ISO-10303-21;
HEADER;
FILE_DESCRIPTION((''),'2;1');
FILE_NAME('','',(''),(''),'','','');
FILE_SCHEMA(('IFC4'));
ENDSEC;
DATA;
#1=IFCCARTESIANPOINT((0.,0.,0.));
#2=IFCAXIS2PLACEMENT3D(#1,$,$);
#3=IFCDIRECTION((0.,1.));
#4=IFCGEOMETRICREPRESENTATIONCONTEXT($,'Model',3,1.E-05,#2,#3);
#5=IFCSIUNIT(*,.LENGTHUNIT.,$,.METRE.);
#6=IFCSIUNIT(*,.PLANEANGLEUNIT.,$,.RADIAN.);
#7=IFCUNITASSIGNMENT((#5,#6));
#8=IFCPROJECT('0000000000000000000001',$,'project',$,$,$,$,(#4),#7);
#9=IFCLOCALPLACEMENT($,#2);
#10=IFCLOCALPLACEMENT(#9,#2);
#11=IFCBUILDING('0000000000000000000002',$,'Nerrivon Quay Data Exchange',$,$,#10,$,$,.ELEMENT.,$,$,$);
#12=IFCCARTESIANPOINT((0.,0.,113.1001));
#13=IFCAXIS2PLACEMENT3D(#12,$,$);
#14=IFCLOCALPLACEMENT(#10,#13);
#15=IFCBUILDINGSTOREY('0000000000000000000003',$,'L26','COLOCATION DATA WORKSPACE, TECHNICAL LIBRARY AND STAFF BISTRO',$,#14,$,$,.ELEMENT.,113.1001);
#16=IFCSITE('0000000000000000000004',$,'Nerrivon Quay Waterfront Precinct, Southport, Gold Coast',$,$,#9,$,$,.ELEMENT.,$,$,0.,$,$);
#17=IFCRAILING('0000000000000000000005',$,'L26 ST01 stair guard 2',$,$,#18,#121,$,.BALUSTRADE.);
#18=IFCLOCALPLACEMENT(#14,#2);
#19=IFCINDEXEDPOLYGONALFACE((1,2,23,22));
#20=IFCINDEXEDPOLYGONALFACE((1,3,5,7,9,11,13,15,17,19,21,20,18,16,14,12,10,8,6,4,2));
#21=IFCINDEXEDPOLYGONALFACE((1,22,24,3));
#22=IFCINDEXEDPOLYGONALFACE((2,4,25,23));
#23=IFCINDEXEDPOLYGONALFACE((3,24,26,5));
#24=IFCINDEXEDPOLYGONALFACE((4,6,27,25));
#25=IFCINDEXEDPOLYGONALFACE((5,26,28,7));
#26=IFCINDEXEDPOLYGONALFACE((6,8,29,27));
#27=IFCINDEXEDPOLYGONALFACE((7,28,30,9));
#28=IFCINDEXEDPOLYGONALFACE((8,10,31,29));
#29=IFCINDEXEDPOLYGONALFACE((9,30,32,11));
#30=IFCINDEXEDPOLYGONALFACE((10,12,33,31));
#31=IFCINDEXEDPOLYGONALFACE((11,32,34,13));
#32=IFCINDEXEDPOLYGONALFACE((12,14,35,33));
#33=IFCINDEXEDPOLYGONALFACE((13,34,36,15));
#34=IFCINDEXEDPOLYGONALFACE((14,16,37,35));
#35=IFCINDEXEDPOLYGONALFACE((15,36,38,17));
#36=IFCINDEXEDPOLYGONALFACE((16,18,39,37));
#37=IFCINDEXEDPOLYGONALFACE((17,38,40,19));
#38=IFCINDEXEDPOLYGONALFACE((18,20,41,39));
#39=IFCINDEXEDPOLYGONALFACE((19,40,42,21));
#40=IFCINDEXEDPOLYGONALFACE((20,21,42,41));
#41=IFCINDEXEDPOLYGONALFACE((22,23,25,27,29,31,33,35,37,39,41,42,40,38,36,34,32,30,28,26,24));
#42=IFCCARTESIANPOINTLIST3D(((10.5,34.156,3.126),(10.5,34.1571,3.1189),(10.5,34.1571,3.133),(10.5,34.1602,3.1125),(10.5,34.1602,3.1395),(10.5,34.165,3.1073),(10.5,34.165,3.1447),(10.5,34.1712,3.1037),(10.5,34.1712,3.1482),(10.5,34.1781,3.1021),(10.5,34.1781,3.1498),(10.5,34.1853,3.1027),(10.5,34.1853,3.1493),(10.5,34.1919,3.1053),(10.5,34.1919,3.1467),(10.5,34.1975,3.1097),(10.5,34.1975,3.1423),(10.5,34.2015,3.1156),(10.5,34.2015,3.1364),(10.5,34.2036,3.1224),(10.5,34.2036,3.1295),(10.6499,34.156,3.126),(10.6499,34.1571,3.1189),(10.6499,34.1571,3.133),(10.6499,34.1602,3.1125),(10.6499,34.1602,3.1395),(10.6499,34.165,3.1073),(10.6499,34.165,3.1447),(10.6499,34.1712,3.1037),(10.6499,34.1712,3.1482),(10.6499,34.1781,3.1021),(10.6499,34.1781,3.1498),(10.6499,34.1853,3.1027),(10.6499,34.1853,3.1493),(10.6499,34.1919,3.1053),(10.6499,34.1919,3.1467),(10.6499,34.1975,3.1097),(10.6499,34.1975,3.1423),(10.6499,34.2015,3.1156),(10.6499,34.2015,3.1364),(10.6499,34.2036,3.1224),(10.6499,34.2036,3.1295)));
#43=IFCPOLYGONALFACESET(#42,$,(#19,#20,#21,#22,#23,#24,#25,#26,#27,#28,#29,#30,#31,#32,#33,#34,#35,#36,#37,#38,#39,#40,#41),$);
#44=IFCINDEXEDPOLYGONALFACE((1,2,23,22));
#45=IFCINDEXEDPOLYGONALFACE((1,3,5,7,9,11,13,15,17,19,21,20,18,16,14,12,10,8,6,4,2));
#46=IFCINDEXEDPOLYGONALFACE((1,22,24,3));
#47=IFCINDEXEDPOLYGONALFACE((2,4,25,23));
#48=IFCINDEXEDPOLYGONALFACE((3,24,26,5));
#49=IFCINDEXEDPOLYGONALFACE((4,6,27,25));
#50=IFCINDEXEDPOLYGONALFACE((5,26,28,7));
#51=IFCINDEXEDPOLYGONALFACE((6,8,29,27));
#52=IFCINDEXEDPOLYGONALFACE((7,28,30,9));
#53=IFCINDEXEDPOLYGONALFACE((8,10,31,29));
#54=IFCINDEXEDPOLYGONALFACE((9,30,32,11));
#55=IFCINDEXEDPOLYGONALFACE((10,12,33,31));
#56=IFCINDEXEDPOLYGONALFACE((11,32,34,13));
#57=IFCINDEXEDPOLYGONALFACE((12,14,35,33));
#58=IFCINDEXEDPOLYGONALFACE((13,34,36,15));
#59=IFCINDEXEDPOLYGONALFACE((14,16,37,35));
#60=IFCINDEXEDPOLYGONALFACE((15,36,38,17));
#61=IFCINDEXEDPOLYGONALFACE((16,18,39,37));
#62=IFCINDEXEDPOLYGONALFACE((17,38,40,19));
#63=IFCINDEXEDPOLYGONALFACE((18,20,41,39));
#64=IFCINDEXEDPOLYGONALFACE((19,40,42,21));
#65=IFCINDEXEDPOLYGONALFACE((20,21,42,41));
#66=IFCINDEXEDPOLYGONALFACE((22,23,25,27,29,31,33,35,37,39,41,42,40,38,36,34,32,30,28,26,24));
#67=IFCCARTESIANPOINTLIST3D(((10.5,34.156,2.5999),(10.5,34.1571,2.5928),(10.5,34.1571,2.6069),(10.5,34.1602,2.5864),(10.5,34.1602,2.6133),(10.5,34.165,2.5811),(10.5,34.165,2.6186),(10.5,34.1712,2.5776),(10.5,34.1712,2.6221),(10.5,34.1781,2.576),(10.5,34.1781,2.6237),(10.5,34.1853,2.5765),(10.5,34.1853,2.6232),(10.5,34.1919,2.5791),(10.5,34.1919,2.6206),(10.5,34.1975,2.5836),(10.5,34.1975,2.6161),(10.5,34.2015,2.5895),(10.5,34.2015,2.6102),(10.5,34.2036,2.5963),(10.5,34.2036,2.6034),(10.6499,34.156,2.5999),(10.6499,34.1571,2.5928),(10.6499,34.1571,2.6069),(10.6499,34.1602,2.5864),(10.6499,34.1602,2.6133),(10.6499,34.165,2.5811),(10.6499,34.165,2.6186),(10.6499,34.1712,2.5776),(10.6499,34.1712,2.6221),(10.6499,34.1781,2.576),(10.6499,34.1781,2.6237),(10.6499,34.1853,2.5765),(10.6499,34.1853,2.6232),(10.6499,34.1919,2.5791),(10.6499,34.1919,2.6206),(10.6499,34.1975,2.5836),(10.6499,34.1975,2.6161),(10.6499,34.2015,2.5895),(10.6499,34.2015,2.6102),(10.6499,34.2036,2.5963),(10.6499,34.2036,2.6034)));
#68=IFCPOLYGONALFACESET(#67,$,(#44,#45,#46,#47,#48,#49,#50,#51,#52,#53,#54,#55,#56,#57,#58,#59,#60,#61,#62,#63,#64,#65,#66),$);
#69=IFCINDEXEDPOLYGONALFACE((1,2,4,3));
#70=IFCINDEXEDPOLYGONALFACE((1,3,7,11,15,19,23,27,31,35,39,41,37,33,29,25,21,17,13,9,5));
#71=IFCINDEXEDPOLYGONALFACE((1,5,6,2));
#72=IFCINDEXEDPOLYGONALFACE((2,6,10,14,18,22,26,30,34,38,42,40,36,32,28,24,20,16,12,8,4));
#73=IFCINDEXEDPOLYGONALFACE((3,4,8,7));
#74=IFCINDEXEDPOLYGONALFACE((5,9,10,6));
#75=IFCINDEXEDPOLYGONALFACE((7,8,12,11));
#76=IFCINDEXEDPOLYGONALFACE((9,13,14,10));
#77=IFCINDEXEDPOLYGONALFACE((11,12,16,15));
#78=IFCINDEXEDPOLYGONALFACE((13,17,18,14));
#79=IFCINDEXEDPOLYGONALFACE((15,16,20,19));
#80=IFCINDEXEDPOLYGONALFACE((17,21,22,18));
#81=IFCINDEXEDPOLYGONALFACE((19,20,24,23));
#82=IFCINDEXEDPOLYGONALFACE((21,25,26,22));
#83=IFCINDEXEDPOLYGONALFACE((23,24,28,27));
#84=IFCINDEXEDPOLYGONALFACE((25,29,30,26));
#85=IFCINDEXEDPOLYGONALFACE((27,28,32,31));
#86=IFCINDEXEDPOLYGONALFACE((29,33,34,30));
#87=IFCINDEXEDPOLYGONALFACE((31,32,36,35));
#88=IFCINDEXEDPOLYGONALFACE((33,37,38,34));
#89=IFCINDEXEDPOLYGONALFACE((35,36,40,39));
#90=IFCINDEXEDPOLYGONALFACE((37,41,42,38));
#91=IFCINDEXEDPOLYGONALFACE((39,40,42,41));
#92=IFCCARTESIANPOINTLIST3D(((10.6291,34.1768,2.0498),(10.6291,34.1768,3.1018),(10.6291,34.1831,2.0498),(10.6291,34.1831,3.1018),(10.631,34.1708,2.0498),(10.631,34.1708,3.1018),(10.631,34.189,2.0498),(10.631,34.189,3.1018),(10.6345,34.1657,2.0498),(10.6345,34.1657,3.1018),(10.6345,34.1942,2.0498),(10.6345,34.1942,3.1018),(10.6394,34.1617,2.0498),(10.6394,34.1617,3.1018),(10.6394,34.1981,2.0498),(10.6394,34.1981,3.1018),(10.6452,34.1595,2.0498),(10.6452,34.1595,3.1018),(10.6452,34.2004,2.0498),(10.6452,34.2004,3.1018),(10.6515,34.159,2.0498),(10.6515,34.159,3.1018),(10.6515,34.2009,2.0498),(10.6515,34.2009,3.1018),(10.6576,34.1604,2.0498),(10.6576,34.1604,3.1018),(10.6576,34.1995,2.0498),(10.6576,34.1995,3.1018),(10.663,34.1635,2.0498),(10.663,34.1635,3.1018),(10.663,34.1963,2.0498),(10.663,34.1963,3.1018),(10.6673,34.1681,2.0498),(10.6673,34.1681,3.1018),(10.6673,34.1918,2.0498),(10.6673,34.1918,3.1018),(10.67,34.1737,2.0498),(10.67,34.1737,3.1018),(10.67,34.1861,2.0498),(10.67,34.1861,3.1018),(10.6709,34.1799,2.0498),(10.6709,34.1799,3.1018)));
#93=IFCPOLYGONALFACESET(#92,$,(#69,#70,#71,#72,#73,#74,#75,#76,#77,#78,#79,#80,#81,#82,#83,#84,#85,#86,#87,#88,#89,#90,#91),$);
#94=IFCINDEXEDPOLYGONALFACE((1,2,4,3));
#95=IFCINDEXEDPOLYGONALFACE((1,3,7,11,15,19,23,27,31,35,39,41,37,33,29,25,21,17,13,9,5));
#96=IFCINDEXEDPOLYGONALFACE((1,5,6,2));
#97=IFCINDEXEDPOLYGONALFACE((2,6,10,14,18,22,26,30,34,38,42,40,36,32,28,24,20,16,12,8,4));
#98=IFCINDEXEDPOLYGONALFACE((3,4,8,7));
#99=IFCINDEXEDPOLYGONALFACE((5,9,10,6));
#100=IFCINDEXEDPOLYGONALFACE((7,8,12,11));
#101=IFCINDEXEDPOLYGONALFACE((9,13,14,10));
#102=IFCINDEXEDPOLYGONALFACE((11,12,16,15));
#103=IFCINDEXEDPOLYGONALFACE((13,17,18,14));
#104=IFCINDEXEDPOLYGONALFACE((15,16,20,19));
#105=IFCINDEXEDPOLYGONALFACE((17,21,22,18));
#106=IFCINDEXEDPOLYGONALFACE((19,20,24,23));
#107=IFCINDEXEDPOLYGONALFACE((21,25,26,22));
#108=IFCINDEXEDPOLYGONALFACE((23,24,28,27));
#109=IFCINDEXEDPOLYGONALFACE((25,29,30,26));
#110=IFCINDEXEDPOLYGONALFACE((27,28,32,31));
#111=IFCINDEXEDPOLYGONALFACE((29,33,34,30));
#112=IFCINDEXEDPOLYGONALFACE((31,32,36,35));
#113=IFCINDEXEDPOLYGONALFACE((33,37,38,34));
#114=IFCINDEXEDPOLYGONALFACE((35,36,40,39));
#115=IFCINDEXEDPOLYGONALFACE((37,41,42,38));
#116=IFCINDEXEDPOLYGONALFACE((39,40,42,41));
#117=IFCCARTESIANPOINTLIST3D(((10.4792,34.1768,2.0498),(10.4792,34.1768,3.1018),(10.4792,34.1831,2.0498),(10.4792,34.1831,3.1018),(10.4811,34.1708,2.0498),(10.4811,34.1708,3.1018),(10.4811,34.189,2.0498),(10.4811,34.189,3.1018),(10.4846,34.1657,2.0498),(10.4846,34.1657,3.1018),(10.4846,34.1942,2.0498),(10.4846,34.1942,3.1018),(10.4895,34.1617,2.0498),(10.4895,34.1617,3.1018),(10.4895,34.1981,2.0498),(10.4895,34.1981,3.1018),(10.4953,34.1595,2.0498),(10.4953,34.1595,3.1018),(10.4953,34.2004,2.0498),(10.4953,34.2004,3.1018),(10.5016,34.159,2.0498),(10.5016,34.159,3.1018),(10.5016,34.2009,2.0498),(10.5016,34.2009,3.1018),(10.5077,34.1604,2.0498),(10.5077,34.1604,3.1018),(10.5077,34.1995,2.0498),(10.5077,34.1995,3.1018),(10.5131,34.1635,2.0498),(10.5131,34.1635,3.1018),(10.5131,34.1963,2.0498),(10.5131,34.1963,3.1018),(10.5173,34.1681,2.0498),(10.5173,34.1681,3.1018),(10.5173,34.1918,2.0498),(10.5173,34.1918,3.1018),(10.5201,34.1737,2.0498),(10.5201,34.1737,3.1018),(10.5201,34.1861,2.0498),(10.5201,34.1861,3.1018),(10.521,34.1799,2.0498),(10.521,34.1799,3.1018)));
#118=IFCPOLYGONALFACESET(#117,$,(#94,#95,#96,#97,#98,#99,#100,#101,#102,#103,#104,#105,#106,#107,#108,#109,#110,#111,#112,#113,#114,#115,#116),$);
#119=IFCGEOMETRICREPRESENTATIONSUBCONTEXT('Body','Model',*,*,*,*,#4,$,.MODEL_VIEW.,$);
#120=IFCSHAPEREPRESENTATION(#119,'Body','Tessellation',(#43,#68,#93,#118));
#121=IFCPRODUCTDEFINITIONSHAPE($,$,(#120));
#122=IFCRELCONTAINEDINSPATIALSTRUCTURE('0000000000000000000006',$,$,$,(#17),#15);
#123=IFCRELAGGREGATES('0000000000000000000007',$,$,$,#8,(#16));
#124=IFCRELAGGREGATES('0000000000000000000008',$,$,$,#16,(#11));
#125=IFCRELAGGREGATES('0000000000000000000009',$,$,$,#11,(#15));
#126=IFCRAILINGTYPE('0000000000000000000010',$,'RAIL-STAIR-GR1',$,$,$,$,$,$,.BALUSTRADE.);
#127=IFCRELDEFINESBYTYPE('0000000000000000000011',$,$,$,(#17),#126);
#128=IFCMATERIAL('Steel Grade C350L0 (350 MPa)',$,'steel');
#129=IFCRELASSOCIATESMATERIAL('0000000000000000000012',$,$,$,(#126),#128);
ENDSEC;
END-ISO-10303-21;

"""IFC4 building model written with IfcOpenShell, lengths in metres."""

from ifc_helpers import new_model, si_unit, direction, frame, origin, origin_2d, place, context, subcontext, project, spatial, circle, extrude, material, type_object, element, save


model = new_model("IFC4")

# Units and contexts
model_context = context("Model", 3, precision=1e-05, world=origin(), true_north=direction((0.0, 1.0)))
body_context = subcontext(model_context, "Body", "Model", "MODEL_VIEW")
ifc_project = project(units=[si_unit("LENGTHUNIT", "METRE"), si_unit("PLANEANGLEUNIT", "RADIAN")], contexts=[model_context])

# Site, building, storey
site_placement = place(None, origin())
site = spatial("IfcSite", under=ifc_project, at=site_placement, Name="Nerrivon Quay Waterfront Precinct, Southport, Gold Coast", CompositionType="ELEMENT", RefElevation=0.0)
building_placement = place(site_placement, origin())
building = spatial("IfcBuilding", under=site, at=building_placement, Name="Nerrivon Quay Data Exchange", CompositionType="ELEMENT")
storey_placement = place(building_placement, frame((0.0, 0.0, 113.1001)))
storey = spatial("IfcBuildingStorey", under=building, at=storey_placement, Name="L26", Description="COLOCATION DATA WORKSPACE, TECHNICAL LIBRARY AND STAFF BISTRO", CompositionType="ELEMENT", Elevation=113.1001)

# Railing
ifc_material_1 = material(Name="Steel Grade C350L0 (350 MPa)", Category="steel")
railing_type_1 = type_object("IfcRailingType", Name="RAIL-STAIR-GR1", PredefinedType="BALUSTRADE", material=ifc_material_1)
railing_1_placement = place(storey_placement, frame((10.6499, 34.1799, 2.0498)))
element("IfcRailing", 1, at=railing_1_placement, inside=storey, type_object=railing_type_1, Name="L26 ST01 stair guard 2", PredefinedType="BALUSTRADE", context=body_context, shape_type="SweptSolid", body=[
    extrude(circle(Radius=0.0239, at=origin_2d()), frame((0.0, 0.0, 1.0762), z_axis=(-1.0, 0.0, 0.0), x_axis=(0.0, -1.0, 0.0)), (0.0, 0.0, 1.0), 0.1499),
    extrude(circle(Radius=0.0239, at=origin_2d()), frame((0.0, 0.0, 0.55), z_axis=(-1.0, 0.0, 0.0), x_axis=(0.0, -1.0, 0.0)), (0.0, 0.0, 1.0), 0.1499),
    extrude(circle(Radius=0.021, at=origin_2d()), origin(), (0.0, 0.0, 1.0), 1.052),
    extrude(circle(Radius=0.021, at=origin_2d()), frame((-0.1499, 0.0, 0.0)), (0.0, 0.0, 1.0), 1.052),
])

save(model, "model.ifc")
